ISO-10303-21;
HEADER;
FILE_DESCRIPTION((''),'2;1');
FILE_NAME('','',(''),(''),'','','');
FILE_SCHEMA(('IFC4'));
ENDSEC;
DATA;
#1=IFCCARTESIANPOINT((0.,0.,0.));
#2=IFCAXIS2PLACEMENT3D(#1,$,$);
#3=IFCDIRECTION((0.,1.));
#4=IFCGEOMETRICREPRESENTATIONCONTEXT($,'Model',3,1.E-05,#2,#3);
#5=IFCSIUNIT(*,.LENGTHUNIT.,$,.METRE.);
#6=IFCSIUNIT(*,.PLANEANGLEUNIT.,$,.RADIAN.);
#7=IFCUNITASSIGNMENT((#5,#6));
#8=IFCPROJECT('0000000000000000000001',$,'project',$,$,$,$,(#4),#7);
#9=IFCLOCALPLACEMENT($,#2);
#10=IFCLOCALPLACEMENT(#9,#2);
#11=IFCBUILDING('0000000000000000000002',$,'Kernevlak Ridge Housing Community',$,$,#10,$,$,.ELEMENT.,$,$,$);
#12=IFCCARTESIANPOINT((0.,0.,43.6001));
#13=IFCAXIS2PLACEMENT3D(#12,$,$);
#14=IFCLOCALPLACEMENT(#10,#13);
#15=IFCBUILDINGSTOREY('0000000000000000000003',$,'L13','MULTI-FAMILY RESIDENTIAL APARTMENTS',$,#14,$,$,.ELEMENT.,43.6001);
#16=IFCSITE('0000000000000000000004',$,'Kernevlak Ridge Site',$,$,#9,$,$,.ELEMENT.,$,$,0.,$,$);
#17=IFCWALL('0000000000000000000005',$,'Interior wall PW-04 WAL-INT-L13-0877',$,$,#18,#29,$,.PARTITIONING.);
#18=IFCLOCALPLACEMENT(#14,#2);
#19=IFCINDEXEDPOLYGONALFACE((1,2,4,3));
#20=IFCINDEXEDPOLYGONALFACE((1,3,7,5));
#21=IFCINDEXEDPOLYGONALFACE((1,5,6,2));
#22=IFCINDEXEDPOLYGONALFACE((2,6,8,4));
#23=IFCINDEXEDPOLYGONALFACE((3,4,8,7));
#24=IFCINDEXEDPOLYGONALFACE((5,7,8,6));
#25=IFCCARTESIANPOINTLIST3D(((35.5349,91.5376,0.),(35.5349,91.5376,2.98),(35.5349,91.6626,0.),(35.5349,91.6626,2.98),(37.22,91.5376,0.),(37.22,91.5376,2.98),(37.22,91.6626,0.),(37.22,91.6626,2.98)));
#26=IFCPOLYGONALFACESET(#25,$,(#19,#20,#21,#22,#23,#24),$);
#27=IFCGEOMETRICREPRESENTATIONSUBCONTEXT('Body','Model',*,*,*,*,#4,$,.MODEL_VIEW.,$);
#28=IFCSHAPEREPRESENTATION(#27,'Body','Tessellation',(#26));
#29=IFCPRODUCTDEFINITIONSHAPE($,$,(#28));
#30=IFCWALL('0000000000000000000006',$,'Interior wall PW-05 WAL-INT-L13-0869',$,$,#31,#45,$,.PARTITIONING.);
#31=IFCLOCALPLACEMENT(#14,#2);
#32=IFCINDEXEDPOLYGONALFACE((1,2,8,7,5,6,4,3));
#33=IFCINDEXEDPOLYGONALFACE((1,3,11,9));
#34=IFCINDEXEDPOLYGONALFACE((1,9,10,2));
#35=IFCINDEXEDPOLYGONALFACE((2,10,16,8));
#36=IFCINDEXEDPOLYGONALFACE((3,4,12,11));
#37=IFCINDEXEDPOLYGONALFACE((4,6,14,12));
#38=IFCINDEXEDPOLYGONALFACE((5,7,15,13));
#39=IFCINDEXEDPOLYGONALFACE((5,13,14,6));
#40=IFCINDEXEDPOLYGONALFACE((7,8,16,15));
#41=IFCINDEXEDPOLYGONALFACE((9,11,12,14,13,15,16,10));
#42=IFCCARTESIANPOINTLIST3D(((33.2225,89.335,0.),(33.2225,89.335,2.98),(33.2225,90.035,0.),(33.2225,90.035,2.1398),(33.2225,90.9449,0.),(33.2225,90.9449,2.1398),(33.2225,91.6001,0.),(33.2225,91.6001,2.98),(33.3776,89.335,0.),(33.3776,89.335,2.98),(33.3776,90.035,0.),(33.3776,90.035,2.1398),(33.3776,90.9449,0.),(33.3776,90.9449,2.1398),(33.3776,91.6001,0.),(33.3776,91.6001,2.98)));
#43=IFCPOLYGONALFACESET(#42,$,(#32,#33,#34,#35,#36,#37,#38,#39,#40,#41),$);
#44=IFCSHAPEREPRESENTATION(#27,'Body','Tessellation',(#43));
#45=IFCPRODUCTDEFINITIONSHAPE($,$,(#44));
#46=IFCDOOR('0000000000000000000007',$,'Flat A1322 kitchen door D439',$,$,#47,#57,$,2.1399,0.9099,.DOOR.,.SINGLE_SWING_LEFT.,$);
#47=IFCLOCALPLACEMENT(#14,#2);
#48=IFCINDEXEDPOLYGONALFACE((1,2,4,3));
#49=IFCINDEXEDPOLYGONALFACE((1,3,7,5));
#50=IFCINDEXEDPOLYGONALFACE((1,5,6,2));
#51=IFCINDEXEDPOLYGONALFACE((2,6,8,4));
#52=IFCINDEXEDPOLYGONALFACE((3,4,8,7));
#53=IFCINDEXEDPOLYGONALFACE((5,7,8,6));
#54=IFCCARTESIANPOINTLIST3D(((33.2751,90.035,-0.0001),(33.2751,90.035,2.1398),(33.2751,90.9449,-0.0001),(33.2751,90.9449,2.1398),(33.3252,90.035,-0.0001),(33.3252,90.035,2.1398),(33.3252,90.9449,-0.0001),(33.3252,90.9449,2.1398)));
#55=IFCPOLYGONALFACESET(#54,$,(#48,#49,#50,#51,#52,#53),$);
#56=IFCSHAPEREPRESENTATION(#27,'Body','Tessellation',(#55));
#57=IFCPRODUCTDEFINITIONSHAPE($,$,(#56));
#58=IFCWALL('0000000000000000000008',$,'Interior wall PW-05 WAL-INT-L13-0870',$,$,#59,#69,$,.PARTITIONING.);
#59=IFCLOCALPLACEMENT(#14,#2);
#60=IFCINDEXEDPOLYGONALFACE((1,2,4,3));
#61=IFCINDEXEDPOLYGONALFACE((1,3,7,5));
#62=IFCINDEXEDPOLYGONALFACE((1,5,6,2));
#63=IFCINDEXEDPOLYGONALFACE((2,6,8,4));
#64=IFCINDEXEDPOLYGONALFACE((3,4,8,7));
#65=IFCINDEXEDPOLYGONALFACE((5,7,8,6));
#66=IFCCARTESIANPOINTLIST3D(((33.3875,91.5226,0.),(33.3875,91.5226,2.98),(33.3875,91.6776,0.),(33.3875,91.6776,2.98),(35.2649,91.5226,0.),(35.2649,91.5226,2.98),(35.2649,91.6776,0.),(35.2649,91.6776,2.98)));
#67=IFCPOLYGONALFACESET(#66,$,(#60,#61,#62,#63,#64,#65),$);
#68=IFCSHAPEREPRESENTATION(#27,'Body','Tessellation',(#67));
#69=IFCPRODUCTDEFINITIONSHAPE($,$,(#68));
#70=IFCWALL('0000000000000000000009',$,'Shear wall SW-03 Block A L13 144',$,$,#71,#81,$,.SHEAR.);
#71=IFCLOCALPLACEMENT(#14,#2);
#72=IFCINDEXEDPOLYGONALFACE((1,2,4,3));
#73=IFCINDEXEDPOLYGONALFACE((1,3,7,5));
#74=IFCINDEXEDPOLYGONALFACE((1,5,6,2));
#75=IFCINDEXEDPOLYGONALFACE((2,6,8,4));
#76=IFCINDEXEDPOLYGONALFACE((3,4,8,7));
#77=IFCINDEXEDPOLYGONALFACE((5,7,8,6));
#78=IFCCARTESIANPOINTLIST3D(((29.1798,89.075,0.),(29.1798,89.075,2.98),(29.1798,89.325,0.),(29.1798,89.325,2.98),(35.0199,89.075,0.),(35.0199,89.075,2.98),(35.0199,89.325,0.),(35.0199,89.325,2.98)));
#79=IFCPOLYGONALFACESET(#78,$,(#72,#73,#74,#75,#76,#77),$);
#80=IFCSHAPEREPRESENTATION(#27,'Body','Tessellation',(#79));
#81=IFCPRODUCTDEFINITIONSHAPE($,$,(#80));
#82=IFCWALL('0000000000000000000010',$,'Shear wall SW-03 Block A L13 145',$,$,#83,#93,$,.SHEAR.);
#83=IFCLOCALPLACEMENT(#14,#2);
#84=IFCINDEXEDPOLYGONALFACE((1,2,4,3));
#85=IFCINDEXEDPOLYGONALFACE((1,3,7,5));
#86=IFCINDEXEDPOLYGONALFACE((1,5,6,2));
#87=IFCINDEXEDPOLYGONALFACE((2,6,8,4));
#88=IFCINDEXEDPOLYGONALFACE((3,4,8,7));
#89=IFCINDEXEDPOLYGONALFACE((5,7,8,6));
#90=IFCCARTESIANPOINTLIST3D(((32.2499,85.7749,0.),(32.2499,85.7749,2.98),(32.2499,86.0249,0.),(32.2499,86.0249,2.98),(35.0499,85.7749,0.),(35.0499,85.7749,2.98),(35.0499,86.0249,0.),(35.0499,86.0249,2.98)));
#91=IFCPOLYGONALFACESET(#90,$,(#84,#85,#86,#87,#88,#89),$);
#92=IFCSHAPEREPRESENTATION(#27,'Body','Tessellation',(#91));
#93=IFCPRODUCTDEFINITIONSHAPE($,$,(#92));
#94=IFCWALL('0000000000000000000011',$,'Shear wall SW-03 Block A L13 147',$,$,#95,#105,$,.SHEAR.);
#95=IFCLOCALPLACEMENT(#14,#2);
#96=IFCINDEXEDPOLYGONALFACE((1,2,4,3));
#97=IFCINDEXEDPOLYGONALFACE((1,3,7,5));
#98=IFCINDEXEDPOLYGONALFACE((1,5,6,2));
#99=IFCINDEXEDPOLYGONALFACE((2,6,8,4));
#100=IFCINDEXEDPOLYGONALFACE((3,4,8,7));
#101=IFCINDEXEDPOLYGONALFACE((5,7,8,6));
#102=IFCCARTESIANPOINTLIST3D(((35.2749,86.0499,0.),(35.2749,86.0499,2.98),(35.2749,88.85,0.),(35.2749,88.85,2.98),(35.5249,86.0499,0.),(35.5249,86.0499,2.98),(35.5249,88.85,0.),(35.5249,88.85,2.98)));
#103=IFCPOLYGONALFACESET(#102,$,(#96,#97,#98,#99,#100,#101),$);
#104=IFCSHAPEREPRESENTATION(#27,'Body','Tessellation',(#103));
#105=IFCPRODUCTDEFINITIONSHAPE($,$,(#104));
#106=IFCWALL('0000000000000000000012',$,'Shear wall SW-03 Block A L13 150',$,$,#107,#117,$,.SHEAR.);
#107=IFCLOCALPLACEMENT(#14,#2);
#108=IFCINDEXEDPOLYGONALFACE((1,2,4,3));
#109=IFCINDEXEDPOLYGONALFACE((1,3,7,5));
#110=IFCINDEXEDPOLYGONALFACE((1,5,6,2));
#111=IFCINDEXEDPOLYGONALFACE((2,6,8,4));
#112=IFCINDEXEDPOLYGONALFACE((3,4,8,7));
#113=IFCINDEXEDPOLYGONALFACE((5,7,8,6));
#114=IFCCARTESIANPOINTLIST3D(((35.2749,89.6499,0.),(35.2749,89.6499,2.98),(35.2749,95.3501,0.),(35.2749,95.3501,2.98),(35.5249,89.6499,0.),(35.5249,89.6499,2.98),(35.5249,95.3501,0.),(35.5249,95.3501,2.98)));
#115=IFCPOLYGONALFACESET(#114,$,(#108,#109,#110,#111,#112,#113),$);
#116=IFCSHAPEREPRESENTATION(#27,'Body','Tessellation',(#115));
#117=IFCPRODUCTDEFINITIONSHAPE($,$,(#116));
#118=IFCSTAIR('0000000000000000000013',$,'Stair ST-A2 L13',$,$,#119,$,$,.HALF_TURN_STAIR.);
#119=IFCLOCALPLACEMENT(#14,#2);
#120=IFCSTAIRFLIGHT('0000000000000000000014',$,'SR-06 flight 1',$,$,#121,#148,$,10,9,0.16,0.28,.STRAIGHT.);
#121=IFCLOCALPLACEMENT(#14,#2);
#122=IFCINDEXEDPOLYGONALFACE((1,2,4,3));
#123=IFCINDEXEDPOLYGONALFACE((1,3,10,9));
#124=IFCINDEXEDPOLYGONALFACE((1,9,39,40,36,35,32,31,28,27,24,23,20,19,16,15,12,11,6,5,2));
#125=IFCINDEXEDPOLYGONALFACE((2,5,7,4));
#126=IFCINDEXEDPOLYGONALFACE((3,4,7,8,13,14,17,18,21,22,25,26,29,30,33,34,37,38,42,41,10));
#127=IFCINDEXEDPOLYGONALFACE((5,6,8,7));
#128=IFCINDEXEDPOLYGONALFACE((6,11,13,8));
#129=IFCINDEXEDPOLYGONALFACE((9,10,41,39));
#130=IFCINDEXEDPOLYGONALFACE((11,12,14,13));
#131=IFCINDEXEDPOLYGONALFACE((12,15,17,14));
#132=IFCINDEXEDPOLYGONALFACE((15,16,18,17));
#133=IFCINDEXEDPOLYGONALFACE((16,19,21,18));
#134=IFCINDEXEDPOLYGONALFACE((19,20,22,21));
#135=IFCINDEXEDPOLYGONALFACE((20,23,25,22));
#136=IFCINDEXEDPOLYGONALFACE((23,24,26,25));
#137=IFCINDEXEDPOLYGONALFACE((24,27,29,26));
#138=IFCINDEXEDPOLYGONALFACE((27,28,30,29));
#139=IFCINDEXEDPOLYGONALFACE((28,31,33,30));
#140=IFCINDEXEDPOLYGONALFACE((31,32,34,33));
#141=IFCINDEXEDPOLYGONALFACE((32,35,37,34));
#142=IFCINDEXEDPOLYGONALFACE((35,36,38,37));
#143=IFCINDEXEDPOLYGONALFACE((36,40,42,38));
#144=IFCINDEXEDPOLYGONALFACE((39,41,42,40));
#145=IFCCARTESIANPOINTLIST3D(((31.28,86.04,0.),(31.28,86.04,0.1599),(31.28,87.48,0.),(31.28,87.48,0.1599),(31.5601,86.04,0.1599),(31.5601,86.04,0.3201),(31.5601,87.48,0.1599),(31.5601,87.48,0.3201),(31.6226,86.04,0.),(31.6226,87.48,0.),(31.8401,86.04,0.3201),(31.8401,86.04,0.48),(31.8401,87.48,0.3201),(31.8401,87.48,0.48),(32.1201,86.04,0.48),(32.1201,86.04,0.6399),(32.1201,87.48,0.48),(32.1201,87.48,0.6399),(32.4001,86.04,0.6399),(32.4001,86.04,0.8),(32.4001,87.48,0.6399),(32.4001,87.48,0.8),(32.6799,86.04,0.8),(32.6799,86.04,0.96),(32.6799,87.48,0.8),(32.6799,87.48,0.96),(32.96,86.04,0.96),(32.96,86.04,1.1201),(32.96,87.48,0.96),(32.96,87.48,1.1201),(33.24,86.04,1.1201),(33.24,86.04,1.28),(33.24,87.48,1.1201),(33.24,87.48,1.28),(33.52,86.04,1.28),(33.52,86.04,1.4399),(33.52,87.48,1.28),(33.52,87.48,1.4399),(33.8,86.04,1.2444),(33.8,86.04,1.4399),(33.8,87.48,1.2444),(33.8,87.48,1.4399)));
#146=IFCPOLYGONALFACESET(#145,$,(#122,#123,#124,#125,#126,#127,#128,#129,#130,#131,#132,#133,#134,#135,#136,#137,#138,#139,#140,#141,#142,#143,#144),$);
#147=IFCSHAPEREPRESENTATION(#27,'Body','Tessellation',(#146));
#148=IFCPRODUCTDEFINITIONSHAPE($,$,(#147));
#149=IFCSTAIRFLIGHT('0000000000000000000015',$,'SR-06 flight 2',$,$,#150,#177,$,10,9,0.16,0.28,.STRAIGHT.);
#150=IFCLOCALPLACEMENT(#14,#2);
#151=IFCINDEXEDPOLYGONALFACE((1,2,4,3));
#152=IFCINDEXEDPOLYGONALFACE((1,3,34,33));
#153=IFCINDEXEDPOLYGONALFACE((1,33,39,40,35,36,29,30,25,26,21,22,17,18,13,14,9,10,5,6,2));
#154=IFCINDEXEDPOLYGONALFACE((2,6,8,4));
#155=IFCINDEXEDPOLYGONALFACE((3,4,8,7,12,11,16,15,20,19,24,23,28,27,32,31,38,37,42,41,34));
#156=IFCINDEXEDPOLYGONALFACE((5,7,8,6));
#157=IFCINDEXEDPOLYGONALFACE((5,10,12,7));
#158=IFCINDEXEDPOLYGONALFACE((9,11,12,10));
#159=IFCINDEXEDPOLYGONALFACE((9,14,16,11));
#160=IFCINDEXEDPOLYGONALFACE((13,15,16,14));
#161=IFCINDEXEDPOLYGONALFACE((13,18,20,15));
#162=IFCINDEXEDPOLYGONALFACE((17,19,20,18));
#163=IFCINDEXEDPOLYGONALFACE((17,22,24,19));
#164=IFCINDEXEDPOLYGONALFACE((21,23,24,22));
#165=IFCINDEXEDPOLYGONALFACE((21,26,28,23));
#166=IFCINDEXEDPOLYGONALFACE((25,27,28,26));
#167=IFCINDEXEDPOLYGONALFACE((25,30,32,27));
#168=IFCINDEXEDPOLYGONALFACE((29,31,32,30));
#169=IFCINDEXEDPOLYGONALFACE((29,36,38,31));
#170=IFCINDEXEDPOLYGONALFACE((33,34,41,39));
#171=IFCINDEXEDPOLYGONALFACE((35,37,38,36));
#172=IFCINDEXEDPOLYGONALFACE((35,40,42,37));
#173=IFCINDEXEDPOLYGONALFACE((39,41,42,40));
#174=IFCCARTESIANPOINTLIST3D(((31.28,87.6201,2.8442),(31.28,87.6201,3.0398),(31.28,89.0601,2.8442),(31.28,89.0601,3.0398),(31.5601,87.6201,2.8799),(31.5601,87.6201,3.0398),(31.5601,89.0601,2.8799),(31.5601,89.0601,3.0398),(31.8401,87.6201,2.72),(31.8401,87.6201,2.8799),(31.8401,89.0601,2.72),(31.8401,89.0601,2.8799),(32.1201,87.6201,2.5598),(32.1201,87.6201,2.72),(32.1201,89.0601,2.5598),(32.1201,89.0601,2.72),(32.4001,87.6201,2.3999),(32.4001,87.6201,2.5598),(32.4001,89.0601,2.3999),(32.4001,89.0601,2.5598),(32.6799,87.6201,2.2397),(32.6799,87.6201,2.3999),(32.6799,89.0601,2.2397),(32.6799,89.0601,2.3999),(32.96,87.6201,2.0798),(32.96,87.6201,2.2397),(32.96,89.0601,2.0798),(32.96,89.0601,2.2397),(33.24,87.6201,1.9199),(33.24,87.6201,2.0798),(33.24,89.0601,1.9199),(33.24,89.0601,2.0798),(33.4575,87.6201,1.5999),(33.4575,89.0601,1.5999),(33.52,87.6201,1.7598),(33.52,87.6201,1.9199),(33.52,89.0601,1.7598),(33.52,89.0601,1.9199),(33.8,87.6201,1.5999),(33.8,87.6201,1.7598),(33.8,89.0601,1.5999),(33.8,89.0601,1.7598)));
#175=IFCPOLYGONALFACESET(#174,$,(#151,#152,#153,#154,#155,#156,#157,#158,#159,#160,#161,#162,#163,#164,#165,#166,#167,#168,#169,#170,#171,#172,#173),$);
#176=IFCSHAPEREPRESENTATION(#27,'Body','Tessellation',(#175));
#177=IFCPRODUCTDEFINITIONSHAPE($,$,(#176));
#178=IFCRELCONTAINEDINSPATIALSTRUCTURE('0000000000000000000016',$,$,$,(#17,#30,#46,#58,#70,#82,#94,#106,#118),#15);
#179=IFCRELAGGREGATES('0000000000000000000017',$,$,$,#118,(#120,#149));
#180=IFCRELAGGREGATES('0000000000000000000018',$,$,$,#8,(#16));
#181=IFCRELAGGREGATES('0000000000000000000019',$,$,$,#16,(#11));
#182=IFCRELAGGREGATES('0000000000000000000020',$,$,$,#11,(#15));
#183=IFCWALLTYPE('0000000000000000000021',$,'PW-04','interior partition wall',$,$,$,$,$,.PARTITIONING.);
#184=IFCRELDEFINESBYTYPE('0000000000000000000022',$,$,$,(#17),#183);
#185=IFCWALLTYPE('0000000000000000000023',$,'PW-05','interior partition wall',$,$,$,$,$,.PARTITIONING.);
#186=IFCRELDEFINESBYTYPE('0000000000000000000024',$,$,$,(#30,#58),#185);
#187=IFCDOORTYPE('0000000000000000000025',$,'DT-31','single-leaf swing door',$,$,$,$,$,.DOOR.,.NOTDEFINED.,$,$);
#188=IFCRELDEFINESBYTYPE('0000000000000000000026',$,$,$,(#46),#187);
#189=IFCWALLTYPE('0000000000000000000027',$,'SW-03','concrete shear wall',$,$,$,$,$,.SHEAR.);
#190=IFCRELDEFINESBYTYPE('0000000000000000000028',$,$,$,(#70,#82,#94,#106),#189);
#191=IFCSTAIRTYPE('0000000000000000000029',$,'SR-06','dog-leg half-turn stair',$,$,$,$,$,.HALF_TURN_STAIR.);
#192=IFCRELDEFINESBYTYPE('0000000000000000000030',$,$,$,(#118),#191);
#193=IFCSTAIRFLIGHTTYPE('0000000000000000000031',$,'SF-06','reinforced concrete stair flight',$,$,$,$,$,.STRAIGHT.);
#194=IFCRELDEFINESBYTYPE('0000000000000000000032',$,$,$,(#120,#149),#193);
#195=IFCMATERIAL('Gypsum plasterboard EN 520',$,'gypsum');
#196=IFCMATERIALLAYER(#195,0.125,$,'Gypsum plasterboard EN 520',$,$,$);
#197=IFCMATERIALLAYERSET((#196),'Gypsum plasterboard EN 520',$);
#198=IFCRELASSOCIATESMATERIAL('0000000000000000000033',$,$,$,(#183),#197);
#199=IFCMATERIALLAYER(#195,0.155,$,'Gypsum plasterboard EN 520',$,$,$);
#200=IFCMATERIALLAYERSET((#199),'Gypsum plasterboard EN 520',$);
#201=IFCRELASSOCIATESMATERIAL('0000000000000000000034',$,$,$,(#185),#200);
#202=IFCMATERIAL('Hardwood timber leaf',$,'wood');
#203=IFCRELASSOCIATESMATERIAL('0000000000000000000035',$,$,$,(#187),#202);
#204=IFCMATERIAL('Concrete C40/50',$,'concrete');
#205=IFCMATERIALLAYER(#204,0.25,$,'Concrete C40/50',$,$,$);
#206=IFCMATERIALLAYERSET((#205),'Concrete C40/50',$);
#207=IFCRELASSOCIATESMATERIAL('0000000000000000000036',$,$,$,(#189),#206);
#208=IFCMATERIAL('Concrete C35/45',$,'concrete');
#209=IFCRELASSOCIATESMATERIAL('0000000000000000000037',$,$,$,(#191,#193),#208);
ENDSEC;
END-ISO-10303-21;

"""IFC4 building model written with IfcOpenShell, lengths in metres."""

from ifc_helpers import new_model, si_unit, direction, frame, frame_2d, origin, place, context, subcontext, project, spatial, polyline, rectangle, outline, extrude, material, layer, layer_set, type_object, element, fill, aggregate, save


model = new_model("IFC4")

# Units and contexts
model_context = context("Model", 3, precision=1e-05, world=origin(), true_north=direction((0.0, 1.0)))
body_context = subcontext(model_context, "Body", "Model", "MODEL_VIEW")
ifc_project = project(units=[si_unit("LENGTHUNIT", "METRE"), si_unit("PLANEANGLEUNIT", "RADIAN")], contexts=[model_context])

# Site, building, storey
site_placement = place(None, origin())
site = spatial("IfcSite", under=ifc_project, at=site_placement, Name="Kernevlak Ridge Site", CompositionType="ELEMENT", RefElevation=0.0)
building_placement = place(site_placement, origin())
building = spatial("IfcBuilding", under=site, at=building_placement, Name="Kernevlak Ridge Housing Community", CompositionType="ELEMENT")
storey_placement = place(building_placement, frame((0.0, 0.0, 43.6001)))
storey = spatial("IfcBuildingStorey", under=building, at=storey_placement, Name="L13", Description="MULTI-FAMILY RESIDENTIAL APARTMENTS", CompositionType="ELEMENT", Elevation=43.6001)

# Shared definitions
ifc_material_1 = material(Name="Concrete C35/45", Category="concrete")

# Wall
ifc_material_2 = material(Name="Gypsum plasterboard EN 520", Category="gypsum")
ifc_layer_1 = layer(ifc_material_2, 0.125, Name="Gypsum plasterboard EN 520")
ifc_layer_set_1 = layer_set([ifc_layer_1], Name="Gypsum plasterboard EN 520")
wall_type_1 = type_object("IfcWallType", Name="PW-04", Description="interior partition wall", PredefinedType="PARTITIONING", material=ifc_layer_set_1)
wall_1_placement = place(storey_placement, frame((35.5349, 91.6001, 0.0), z_axis=(0.0, 0.0, 1.0), x_axis=(1.0, 0.0, 0.0)))
element("IfcWall", 1, at=wall_1_placement, inside=storey, type_object=wall_type_1, Name="Interior wall PW-04 WAL-INT-L13-0877", PredefinedType="PARTITIONING", context=body_context, shape_type="SweptSolid", body=[
    extrude(rectangle(XDim=1.6851, YDim=0.125, at=frame_2d((0.8425, 0.0))), origin(), (0.0, 0.0, 1.0), 2.98),
])

# Wall, opening, door
ifc_layer_2 = layer(ifc_material_2, 0.155, Name="Gypsum plasterboard EN 520")
ifc_layer_set_2 = layer_set([ifc_layer_2], Name="Gypsum plasterboard EN 520")
wall_type_2 = type_object("IfcWallType", Name="PW-05", Description="interior partition wall", PredefinedType="PARTITIONING", material=ifc_layer_set_2)
wall_2_placement = place(storey_placement, frame((33.3, 89.335, 0.0), z_axis=(0.0, 0.0, 1.0), x_axis=(0.0, 1.0, 0.0)))
wall_2 = element("IfcWall", 2, at=wall_2_placement, inside=storey, type_object=wall_type_2, Name="Interior wall PW-05 WAL-INT-L13-0869", PredefinedType="PARTITIONING", context=body_context, shape_type="SweptSolid", body=[
    extrude(rectangle(XDim=2.2651, YDim=0.155, at=frame_2d((1.1326, 0.0))), origin(), (0.0, 0.0, 1.0), 2.98),
])
opening_1_placement = place(wall_2_placement, frame((0.7, 0.0, 0.0)))
opening_1 = element("IfcOpeningElement", 3, at=opening_1_placement, cuts=wall_2, PredefinedType="OPENING", context=body_context, shape_type="SweptSolid", body=[
    extrude(rectangle(XDim=0.9099, YDim=2.1399, at=frame_2d((0.4551, 1.0698))), frame((0.0, 0.0874, 0.0), z_axis=(0.0, -1.0, 0.0), x_axis=(1.0, 0.0, 0.0)), (0.0, 0.0, 1.0), 0.175),
])
ifc_material_3 = material(Name="Hardwood timber leaf", Category="wood")
door_type_1 = type_object("IfcDoorType", Name="DT-31", Description="single-leaf swing door", OperationType="NOTDEFINED", PredefinedType="DOOR", material=ifc_material_3)
door_1_placement = place(opening_1_placement, origin())
door_1 = element("IfcDoor", 4, at=door_1_placement, inside=storey, type_object=door_type_1, Name="Flat A1322 kitchen door D439", OperationType="SINGLE_SWING_LEFT", OverallHeight=2.1399, OverallWidth=0.9099, PredefinedType="DOOR", context=body_context, shape_type="SweptSolid", body=[
    extrude(rectangle(XDim=0.9099, YDim=2.1399, at=frame_2d((0.4551, 1.0698))), frame((0.0, 0.0249, 0.0), z_axis=(0.0, -1.0, 0.0), x_axis=(1.0, 0.0, 0.0)), (0.0, 0.0, 1.0), 0.05),
])
fill(opening_1, door_1)

# Walls
wall_3_placement = place(storey_placement, frame((33.3875, 91.6001, 0.0), z_axis=(0.0, 0.0, 1.0), x_axis=(1.0, 0.0, 0.0)))
element("IfcWall", 5, at=wall_3_placement, inside=storey, type_object=wall_type_2, Name="Interior wall PW-05 WAL-INT-L13-0870", PredefinedType="PARTITIONING", context=body_context, shape_type="SweptSolid", body=[
    extrude(rectangle(XDim=1.8774, YDim=0.155, at=frame_2d((0.9387, 0.0))), origin(), (0.0, 0.0, 1.0), 2.98),
])
ifc_material_4 = material(Name="Concrete C40/50", Category="concrete")
ifc_layer_3 = layer(ifc_material_4, 0.25, Name="Concrete C40/50")
ifc_layer_set_3 = layer_set([ifc_layer_3], Name="Concrete C40/50")
wall_type_3 = type_object("IfcWallType", Name="SW-03", Description="concrete shear wall", PredefinedType="SHEAR", material=ifc_layer_set_3)
wall_4_placement = place(storey_placement, frame((29.1799, 89.2, 0.0), z_axis=(0.0, 0.0, 1.0), x_axis=(1.0, 0.0, 0.0)))
element("IfcWall", 6, at=wall_4_placement, inside=storey, type_object=wall_type_3, Name="Shear wall SW-03 Block A L13 144", PredefinedType="SHEAR", context=body_context, shape_type="SweptSolid", body=[
    extrude(rectangle(XDim=5.8401, YDim=0.25, at=frame_2d((2.9199, 0.0))), origin(), (0.0, 0.0, 1.0), 2.98),
])
for number, where, z_axis, x_axis, name in (
    (7, (32.25, 85.8999, 0.0), (0.0, 0.0, 1.0), (1.0, 0.0, 0.0), "Shear wall SW-03 Block A L13 145"),
    (8, (35.3999, 86.05, 0.0), (0.0, 0.0, 1.0), (0.0, 1.0, 0.0), "Shear wall SW-03 Block A L13 147"),
):
    element("IfcWall", number, at=place(storey_placement, frame(where, z_axis=z_axis, x_axis=x_axis)), inside=storey, type_object=wall_type_3, Name=name, PredefinedType="SHEAR", context=body_context, shape_type="SweptSolid", body=[
        extrude(rectangle(XDim=2.8, YDim=0.25, at=frame_2d((1.3999, 0.0))), origin(), (0.0, 0.0, 1.0), 2.98),
    ])
wall_5_placement = place(storey_placement, frame((35.3999, 89.6499, 0.0), z_axis=(0.0, 0.0, 1.0), x_axis=(0.0, 1.0, 0.0)))
element("IfcWall", 9, at=wall_5_placement, inside=storey, type_object=wall_type_3, Name="Shear wall SW-03 Block A L13 150", PredefinedType="SHEAR", context=body_context, shape_type="SweptSolid", body=[
    extrude(rectangle(XDim=5.7002, YDim=0.25, at=frame_2d((2.8501, 0.0))), origin(), (0.0, 0.0, 1.0), 2.98),
])

# Stair, stair flights
stair_type = type_object("IfcStairType", Name="SR-06", Description="dog-leg half-turn stair", PredefinedType="HALF_TURN_STAIR", material=ifc_material_1)
stair_placement = place(storey_placement, origin())
stair = element("IfcStair", 10, at=stair_placement, inside=storey, type_object=stair_type, Name="Stair ST-A2 L13", PredefinedType="HALF_TURN_STAIR")
stair_flight_type = type_object("IfcStairFlightType", Name="SF-06", Description="reinforced concrete stair flight", PredefinedType="STRAIGHT", material=ifc_material_1)
stair_flight_1_placement = place(storey_placement, frame((31.28, 86.76, 0.0), z_axis=(0.0, 0.0, 1.0), x_axis=(1.0, 0.0, 0.0)))
stair_flight_1 = element("IfcStairFlight", 11, at=stair_flight_1_placement, type_object=stair_flight_type, Name="SR-06 flight 1", NumberOfRisers=10, NumberOfTreads=9, PredefinedType="STRAIGHT", RiserHeight=0.16, TreadLength=0.28, context=body_context, shape_type="SweptSolid", body=[
    extrude(outline(polyline([(0.0, 0.0), (0.0, 0.1599), (0.28, 0.1599), (0.28, 0.3201), (0.5601, 0.3201), (0.5601, 0.48), (0.8401, 0.48), (0.8401, 0.6399), (1.1201, 0.6399), (1.1201, 0.8), (1.3999, 0.8), (1.3999, 0.96), (1.6799, 0.96), (1.6799, 1.1201), (1.96, 1.1201), (1.96, 1.28), (2.24, 1.28), (2.24, 1.4399), (2.52, 1.4399), (2.52, 1.6001), (2.52, 1.2444), (0.3425, 0.0), (0.0, 0.0)])), frame((0.0, 0.72, 0.0), z_axis=(0.0, -1.0, 0.0), x_axis=(1.0, 0.0, 0.0)), (0.0, 0.0, 1.0), 1.4399),
])
stair_flight_2_placement = place(storey_placement, frame((33.8, 88.3401, 1.5999), z_axis=(0.0, 0.0, 1.0), x_axis=(-1.0, 0.0, 0.0)))
stair_flight_2 = element("IfcStairFlight", 12, at=stair_flight_2_placement, type_object=stair_flight_type, Name="SR-06 flight 2", NumberOfRisers=10, NumberOfTreads=9, PredefinedType="STRAIGHT", RiserHeight=0.16, TreadLength=0.28, context=body_context, shape_type="SweptSolid", body=[
    extrude(outline(polyline([(0.0, 0.0), (0.0, 0.1599), (0.28, 0.1599), (0.28, 0.3201), (0.5601, 0.3201), (0.5601, 0.48), (0.8401, 0.48), (0.8401, 0.6399), (1.1201, 0.6399), (1.1201, 0.8), (1.3999, 0.8), (1.3999, 0.96), (1.6799, 0.96), (1.6799, 1.1201), (1.96, 1.1201), (1.96, 1.28), (2.24, 1.28), (2.24, 1.4399), (2.52, 1.4399), (2.52, 1.6001), (2.52, 1.2444), (0.3425, 0.0), (0.0, 0.0)])), frame((0.0, 0.72, 0.0), z_axis=(0.0, -1.0, 0.0), x_axis=(1.0, 0.0, 0.0)), (0.0, 0.0, 1.0), 1.4399),
])
aggregate(stair, [stair_flight_1, stair_flight_2])

save(model, "model.ifc")
